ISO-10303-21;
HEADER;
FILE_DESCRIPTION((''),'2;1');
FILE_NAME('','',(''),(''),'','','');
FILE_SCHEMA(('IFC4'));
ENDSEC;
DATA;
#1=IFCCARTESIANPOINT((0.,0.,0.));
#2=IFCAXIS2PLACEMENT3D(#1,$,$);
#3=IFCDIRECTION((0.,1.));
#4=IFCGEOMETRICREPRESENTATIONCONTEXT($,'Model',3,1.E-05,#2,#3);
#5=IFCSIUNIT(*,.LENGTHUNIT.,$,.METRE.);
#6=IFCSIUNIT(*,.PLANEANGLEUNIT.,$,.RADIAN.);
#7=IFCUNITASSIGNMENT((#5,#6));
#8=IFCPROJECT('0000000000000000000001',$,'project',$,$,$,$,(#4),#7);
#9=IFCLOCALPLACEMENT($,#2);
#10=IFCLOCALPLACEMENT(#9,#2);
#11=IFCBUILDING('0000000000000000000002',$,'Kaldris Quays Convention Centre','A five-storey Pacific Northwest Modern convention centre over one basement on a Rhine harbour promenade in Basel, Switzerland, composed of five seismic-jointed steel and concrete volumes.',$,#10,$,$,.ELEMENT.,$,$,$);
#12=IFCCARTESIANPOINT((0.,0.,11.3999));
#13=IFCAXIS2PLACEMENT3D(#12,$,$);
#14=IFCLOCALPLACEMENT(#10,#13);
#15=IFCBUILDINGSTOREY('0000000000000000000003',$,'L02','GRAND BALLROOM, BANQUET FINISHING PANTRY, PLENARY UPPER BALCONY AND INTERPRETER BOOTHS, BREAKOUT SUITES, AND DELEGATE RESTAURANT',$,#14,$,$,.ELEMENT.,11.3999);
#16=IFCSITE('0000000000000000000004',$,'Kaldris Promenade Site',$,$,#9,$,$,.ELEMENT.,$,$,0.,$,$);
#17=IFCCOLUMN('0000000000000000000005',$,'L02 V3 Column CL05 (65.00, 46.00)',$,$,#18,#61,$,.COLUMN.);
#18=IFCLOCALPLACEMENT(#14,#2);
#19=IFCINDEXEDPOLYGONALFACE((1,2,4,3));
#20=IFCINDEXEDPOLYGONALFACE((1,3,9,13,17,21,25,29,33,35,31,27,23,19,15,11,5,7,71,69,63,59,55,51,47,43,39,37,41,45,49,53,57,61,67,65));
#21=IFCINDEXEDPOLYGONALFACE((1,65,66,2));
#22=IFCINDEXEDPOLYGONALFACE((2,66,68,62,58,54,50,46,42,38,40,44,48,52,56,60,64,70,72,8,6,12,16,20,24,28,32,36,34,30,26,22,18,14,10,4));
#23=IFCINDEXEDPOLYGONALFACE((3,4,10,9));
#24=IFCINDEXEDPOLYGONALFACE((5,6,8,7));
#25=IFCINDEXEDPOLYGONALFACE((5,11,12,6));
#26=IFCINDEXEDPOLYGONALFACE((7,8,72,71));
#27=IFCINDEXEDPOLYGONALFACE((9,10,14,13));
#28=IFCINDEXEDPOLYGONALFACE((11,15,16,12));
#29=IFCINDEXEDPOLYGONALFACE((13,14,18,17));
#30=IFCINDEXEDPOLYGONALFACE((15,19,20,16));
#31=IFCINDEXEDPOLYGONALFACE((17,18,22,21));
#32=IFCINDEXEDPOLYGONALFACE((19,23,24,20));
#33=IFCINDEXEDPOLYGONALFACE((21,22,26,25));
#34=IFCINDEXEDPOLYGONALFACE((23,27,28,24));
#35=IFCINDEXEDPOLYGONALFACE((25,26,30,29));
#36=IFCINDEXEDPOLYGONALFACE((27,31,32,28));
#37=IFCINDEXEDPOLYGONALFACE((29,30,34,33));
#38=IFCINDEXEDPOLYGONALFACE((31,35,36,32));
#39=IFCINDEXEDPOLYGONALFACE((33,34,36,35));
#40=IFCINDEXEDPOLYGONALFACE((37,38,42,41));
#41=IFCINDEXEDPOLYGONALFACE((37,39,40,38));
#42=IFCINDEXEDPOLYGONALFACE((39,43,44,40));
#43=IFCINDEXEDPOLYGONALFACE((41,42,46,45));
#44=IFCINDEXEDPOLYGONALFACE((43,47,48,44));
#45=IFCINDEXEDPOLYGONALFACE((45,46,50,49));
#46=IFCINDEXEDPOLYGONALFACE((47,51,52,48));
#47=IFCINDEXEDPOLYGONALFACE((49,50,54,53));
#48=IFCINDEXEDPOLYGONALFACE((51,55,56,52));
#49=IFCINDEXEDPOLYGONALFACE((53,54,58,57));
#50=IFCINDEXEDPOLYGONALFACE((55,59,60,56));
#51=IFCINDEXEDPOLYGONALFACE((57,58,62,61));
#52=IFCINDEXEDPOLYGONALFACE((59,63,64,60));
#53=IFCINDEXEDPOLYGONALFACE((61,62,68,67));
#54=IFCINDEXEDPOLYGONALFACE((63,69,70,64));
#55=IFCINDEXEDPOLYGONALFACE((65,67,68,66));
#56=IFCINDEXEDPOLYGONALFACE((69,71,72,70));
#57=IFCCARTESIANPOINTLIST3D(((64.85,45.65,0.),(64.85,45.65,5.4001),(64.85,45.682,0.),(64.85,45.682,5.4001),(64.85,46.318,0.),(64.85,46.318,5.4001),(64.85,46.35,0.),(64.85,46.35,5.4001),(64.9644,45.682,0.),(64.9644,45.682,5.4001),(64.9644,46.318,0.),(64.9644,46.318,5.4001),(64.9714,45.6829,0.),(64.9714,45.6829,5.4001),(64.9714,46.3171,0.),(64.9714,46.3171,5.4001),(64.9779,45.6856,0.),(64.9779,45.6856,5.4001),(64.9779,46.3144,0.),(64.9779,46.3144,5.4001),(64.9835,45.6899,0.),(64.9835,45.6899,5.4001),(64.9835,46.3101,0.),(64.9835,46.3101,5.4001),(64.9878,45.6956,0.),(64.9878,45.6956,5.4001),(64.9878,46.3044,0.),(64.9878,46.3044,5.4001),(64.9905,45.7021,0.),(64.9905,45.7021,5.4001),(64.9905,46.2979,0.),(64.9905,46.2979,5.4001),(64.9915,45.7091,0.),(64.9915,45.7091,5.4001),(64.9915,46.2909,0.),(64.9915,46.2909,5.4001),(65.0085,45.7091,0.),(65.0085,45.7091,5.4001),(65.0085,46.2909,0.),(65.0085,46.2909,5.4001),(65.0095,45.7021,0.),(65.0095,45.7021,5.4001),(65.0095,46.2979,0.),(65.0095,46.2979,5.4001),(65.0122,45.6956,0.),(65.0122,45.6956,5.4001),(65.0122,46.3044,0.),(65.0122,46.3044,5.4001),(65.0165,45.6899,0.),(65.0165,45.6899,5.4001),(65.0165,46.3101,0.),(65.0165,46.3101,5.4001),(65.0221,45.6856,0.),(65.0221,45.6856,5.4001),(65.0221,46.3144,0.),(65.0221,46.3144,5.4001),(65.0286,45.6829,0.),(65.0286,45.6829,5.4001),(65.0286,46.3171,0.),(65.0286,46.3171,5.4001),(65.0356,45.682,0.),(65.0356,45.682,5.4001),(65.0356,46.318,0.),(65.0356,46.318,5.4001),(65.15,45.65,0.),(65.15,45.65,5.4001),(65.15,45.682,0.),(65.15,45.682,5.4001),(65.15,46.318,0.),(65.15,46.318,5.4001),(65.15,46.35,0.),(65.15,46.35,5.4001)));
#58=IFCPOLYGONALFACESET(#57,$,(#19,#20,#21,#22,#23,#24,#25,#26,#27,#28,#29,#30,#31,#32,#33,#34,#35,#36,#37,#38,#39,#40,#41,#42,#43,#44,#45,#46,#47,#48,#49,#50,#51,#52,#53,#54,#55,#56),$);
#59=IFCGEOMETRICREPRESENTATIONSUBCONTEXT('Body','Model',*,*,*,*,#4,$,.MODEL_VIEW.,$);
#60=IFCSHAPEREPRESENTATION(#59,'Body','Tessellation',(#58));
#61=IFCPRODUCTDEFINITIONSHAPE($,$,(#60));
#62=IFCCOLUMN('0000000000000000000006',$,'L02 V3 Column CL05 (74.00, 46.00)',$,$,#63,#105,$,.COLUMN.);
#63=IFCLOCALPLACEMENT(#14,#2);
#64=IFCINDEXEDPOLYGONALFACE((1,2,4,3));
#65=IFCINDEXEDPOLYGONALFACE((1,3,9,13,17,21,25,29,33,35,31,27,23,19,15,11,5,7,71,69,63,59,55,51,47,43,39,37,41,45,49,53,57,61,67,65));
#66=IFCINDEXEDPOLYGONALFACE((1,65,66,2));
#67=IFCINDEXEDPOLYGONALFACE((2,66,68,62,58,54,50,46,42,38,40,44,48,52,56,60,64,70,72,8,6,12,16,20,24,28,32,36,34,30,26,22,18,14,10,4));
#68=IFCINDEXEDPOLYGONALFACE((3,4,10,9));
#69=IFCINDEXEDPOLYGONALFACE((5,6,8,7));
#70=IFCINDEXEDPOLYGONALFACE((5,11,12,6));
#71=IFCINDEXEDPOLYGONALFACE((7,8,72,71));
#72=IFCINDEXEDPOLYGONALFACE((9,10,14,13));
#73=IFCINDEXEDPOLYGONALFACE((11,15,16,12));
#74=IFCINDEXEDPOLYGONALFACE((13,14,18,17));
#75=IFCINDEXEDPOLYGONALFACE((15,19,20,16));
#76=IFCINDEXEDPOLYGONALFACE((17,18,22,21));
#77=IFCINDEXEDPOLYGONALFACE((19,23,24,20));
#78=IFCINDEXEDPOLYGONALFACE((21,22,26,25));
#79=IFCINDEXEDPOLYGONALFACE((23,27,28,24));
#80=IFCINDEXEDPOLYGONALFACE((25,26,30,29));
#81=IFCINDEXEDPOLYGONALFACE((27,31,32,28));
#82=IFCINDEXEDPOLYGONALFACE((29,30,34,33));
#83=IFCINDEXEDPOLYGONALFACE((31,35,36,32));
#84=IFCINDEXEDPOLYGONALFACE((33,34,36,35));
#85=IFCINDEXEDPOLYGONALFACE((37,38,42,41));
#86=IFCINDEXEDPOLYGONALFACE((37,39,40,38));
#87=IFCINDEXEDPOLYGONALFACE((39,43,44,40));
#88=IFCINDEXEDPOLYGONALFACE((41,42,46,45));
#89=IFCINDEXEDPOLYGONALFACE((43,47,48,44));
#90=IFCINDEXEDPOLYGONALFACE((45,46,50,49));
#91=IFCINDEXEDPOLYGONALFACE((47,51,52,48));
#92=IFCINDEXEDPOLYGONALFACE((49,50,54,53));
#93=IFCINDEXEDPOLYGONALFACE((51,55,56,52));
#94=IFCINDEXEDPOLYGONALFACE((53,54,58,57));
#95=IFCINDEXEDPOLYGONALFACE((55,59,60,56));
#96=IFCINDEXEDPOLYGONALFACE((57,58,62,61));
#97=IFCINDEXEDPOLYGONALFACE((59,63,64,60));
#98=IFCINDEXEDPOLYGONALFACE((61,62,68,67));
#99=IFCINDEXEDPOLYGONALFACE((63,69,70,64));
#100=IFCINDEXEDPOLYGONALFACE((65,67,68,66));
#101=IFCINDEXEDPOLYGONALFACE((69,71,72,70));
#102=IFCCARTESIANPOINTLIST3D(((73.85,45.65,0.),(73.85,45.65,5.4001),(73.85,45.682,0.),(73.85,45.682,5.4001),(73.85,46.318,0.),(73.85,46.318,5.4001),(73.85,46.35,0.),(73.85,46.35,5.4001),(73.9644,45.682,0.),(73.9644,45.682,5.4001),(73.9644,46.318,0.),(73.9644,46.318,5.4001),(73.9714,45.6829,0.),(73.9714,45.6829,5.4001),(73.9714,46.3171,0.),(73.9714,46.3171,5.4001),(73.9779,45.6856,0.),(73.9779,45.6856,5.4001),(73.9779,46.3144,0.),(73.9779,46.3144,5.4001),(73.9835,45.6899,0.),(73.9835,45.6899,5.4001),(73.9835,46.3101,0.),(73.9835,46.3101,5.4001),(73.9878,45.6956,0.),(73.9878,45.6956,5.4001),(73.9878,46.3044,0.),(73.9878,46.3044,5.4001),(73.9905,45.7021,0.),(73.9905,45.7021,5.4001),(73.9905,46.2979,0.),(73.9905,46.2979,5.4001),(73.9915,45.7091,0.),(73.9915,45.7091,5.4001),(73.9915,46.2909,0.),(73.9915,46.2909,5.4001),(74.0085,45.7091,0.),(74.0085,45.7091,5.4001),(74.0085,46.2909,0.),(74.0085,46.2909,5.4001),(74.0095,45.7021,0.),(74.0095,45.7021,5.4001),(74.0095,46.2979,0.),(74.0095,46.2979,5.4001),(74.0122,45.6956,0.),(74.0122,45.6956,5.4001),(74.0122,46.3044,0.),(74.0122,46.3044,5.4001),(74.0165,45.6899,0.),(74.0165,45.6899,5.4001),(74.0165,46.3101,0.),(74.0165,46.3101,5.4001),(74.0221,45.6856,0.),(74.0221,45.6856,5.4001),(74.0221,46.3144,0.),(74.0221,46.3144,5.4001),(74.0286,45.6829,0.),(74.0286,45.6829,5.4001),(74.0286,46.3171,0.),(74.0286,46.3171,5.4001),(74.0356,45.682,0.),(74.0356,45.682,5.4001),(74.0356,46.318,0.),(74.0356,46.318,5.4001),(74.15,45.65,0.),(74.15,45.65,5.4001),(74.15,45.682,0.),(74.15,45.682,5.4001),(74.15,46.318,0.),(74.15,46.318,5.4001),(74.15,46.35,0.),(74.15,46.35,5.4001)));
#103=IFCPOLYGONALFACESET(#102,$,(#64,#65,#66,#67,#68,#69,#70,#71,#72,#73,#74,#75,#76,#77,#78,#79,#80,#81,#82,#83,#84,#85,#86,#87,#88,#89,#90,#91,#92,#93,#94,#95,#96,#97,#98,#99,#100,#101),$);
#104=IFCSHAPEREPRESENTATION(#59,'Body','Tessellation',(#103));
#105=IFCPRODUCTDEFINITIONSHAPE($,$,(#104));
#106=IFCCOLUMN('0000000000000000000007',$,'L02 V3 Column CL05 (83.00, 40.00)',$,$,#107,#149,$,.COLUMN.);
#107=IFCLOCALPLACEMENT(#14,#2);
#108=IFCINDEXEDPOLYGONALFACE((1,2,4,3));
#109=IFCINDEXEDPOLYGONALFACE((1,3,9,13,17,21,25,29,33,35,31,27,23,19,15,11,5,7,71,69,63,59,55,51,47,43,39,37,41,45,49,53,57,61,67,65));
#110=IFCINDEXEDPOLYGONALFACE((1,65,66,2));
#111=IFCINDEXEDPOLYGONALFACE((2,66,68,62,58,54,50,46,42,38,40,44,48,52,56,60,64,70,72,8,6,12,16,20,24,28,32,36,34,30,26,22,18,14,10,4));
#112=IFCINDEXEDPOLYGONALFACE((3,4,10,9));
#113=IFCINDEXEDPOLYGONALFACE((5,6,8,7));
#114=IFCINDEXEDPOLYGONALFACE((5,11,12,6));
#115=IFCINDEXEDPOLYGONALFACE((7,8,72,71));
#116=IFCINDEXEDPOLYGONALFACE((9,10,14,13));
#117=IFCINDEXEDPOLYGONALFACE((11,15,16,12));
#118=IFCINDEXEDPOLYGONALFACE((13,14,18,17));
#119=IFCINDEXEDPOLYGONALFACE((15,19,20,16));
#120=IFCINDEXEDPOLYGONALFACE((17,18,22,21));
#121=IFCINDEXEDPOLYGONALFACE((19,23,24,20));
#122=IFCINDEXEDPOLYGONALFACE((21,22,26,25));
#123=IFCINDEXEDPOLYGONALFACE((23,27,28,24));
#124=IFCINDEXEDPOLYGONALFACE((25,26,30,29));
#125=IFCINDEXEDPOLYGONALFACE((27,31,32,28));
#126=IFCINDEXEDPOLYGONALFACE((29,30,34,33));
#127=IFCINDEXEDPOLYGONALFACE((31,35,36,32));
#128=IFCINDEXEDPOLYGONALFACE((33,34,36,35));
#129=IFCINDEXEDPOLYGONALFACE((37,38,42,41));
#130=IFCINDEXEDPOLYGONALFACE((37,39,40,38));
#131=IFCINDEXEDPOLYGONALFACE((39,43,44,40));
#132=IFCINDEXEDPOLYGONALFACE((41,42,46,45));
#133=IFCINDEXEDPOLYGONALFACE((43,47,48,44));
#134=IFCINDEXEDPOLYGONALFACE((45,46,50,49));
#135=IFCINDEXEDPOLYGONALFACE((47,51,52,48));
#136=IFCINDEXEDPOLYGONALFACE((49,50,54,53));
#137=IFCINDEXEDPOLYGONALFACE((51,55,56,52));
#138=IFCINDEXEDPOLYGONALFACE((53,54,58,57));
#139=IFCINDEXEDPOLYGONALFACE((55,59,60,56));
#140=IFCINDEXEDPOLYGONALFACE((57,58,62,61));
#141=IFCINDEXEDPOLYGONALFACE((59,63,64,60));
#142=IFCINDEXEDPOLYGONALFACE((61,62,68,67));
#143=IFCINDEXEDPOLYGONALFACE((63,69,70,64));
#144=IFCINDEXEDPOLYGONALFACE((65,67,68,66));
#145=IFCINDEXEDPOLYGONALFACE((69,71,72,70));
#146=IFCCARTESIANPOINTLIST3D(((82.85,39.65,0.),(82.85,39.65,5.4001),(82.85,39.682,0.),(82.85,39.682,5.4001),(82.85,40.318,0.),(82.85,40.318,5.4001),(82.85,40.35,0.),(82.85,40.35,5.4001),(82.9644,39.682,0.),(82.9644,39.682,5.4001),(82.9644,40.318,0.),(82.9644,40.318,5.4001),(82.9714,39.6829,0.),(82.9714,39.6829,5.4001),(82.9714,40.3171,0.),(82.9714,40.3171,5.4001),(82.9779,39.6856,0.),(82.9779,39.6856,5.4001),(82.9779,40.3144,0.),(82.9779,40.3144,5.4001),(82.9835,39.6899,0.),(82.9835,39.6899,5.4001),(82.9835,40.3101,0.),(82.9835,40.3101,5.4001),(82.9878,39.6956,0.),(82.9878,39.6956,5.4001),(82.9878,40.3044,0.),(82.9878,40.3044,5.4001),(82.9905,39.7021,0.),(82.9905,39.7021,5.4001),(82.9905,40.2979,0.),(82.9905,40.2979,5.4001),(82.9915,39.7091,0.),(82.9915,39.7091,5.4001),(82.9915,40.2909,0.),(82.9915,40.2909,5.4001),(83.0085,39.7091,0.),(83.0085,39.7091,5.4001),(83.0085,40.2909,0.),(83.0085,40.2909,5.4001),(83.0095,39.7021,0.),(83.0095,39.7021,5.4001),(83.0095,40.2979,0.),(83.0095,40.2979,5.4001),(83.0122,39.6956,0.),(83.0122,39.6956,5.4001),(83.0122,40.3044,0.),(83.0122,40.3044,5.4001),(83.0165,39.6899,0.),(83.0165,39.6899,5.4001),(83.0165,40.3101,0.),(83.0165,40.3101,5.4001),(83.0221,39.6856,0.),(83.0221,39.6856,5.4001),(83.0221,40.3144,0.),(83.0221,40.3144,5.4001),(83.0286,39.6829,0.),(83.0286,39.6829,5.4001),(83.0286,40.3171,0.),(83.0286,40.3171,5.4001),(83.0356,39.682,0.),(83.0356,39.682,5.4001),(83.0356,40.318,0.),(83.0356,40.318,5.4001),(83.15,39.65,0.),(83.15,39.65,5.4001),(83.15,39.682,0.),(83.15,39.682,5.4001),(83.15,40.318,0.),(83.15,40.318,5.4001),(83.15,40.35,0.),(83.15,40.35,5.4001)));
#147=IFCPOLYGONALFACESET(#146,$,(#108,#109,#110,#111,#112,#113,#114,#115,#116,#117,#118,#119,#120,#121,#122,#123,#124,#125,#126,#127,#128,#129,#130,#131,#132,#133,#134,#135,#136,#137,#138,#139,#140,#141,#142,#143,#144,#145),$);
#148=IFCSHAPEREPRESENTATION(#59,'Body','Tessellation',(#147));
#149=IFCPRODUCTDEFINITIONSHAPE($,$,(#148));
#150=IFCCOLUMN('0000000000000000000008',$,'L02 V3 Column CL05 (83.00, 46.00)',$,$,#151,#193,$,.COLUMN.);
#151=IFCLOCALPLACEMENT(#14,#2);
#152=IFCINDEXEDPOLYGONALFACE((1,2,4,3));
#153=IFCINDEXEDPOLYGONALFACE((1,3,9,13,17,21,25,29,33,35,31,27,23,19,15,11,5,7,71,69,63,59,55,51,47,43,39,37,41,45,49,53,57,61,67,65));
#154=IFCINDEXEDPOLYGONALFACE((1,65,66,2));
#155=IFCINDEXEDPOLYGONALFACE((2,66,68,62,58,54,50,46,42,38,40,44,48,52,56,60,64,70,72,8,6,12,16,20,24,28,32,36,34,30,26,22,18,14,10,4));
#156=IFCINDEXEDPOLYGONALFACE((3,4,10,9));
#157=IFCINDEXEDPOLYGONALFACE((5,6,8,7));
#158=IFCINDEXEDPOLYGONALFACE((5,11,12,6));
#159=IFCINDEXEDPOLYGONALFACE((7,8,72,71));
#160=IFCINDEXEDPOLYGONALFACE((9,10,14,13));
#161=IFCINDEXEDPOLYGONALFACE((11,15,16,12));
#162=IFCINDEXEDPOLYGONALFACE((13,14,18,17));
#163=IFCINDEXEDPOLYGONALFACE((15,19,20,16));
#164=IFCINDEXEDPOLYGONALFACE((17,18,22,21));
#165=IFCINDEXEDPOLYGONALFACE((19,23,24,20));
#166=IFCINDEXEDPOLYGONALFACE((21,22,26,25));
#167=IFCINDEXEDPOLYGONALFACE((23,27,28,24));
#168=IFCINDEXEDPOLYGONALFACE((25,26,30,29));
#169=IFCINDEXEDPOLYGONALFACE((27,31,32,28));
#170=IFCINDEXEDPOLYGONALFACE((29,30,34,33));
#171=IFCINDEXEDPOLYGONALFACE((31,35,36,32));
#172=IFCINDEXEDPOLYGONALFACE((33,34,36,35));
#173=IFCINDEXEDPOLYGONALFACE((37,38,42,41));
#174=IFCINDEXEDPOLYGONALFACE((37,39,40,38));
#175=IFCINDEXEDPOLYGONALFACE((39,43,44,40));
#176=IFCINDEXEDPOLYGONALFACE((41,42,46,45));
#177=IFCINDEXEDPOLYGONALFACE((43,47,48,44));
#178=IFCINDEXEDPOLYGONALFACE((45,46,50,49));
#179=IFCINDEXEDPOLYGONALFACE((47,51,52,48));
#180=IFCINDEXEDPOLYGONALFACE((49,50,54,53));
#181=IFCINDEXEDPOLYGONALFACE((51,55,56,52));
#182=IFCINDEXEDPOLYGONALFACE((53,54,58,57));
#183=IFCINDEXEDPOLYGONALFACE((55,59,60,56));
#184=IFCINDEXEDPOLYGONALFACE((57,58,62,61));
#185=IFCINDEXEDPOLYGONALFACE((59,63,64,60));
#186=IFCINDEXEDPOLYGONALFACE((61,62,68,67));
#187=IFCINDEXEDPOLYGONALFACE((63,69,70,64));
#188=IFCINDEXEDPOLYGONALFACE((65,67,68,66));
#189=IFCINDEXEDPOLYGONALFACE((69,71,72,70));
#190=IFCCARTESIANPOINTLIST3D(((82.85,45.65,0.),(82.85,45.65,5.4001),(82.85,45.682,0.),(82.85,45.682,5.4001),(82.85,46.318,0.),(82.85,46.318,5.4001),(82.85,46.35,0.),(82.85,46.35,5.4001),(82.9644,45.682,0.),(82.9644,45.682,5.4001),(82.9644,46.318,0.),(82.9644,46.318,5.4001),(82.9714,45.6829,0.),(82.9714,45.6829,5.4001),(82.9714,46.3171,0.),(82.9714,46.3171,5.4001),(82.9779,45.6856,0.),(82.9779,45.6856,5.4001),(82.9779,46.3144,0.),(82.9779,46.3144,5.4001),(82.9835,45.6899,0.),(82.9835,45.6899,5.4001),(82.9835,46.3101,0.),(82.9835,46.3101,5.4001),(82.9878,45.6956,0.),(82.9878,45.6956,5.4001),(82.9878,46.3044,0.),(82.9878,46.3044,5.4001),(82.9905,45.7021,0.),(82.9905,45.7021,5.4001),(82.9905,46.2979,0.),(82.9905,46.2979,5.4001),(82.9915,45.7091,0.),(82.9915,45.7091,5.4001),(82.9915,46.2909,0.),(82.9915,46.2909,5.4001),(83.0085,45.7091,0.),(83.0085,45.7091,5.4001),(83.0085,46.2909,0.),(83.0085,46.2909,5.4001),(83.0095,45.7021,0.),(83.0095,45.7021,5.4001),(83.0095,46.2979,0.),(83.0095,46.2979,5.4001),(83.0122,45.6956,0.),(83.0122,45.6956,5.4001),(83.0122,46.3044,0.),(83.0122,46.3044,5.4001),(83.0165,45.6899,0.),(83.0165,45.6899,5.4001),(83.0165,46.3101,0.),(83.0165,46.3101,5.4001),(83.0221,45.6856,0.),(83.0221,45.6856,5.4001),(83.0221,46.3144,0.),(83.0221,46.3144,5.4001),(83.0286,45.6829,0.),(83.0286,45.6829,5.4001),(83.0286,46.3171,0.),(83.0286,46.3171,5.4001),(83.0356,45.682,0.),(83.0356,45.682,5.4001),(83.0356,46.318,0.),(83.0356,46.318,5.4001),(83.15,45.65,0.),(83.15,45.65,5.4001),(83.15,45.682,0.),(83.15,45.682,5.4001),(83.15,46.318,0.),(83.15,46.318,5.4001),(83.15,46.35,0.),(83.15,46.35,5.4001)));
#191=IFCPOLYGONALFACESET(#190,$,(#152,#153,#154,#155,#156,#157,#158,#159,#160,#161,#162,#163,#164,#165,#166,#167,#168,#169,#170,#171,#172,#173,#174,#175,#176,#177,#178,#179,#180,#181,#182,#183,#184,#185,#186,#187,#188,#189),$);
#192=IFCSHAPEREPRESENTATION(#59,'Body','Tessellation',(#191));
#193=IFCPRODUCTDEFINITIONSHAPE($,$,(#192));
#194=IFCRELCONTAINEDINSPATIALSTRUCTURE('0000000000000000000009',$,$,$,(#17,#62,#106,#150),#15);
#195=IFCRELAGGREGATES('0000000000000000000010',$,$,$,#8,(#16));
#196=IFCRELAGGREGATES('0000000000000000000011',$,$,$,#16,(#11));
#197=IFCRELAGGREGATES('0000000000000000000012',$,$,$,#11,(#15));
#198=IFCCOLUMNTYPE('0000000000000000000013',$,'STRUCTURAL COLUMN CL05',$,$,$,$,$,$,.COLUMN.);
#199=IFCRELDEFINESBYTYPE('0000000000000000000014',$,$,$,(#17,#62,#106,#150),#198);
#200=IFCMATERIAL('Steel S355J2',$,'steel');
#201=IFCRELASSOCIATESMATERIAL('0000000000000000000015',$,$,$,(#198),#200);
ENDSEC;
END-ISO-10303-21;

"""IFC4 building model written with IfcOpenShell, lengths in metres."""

from ifc_helpers import new_model, si_unit, direction, frame, origin, origin_2d, place, context, subcontext, project, spatial, i_section, extrude, material, material_profile, profile_set, type_object, element, save


model = new_model("IFC4")

# Units and contexts
model_context = context("Model", 3, precision=1e-05, world=origin(), true_north=direction((0.0, 1.0)))
body_context = subcontext(model_context, "Body", "Model", "MODEL_VIEW")
ifc_project = project(units=[si_unit("LENGTHUNIT", "METRE"), si_unit("PLANEANGLEUNIT", "RADIAN")], contexts=[model_context])

# Site, building, storey
site_placement = place(None, origin())
site = spatial("IfcSite", under=ifc_project, at=site_placement, Name="Kaldris Promenade Site", CompositionType="ELEMENT", RefElevation=0.0)
building_placement = place(site_placement, origin())
building = spatial("IfcBuilding", under=site, at=building_placement, Name="Kaldris Quays Convention Centre", Description="A five-storey Pacific Northwest Modern convention centre over one basement on a Rhine harbour promenade in Basel, Switzerland, composed of five seismic-jointed steel and concrete volumes.", CompositionType="ELEMENT")
storey_placement = place(building_placement, frame((0.0, 0.0, 11.3999)))
storey = spatial("IfcBuildingStorey", under=building, at=storey_placement, Name="L02", Description="GRAND BALLROOM, BANQUET FINISHING PANTRY, PLENARY UPPER BALCONY AND INTERPRETER BOOTHS, BREAKOUT SUITES, AND DELEGATE RESTAURANT", CompositionType="ELEMENT", Elevation=11.3999)

# Columns
ifc_material_1 = material(Name="Steel S355J2", Category="steel")
ifc_material_profile_1 = material_profile(ifc_material_1, i_section(OverallWidth=0.3, OverallDepth=0.7, WebThickness=0.0171, FlangeThickness=0.032, FilletRadius=0.0271, at=origin_2d()), Name="HEB 700")
ifc_profile_set_1 = profile_set([ifc_material_profile_1], Name="Steel S355J2")
column_type_1 = type_object("IfcColumnType", Name="STRUCTURAL COLUMN CL05", PredefinedType="COLUMN", material=ifc_profile_set_1)
for number, where, z_axis, x_axis, name in (
    (1, (65.0, 46.0, 0.0), (0.0, 0.0, 1.0), (1.0, 0.0, 0.0), "L02 V3 Column CL05 (65.00, 46.00)"),
    (2, (74.0, 46.0, 0.0), (0.0, 0.0, 1.0), (1.0, 0.0, 0.0), "L02 V3 Column CL05 (74.00, 46.00)"),
    (3, (83.0, 40.0, 0.0), (0.0, 0.0, 1.0), (1.0, 0.0, 0.0), "L02 V3 Column CL05 (83.00, 40.00)"),
    (4, (83.0, 46.0, 0.0), (0.0, 0.0, 1.0), (1.0, 0.0, 0.0), "L02 V3 Column CL05 (83.00, 46.00)"),
):
    element("IfcColumn", number, at=place(storey_placement, frame(where, z_axis=z_axis, x_axis=x_axis)), inside=storey, type_object=column_type_1, Name=name, PredefinedType="COLUMN", context=body_context, shape_type="SweptSolid", body=[
        extrude(i_section(OverallWidth=0.3, OverallDepth=0.7, WebThickness=0.0171, FlangeThickness=0.032, FilletRadius=0.0271, at=origin_2d()), origin(), (0.0, 0.0, 1.0), 5.4001),
    ])

save(model, "model.ifc")
